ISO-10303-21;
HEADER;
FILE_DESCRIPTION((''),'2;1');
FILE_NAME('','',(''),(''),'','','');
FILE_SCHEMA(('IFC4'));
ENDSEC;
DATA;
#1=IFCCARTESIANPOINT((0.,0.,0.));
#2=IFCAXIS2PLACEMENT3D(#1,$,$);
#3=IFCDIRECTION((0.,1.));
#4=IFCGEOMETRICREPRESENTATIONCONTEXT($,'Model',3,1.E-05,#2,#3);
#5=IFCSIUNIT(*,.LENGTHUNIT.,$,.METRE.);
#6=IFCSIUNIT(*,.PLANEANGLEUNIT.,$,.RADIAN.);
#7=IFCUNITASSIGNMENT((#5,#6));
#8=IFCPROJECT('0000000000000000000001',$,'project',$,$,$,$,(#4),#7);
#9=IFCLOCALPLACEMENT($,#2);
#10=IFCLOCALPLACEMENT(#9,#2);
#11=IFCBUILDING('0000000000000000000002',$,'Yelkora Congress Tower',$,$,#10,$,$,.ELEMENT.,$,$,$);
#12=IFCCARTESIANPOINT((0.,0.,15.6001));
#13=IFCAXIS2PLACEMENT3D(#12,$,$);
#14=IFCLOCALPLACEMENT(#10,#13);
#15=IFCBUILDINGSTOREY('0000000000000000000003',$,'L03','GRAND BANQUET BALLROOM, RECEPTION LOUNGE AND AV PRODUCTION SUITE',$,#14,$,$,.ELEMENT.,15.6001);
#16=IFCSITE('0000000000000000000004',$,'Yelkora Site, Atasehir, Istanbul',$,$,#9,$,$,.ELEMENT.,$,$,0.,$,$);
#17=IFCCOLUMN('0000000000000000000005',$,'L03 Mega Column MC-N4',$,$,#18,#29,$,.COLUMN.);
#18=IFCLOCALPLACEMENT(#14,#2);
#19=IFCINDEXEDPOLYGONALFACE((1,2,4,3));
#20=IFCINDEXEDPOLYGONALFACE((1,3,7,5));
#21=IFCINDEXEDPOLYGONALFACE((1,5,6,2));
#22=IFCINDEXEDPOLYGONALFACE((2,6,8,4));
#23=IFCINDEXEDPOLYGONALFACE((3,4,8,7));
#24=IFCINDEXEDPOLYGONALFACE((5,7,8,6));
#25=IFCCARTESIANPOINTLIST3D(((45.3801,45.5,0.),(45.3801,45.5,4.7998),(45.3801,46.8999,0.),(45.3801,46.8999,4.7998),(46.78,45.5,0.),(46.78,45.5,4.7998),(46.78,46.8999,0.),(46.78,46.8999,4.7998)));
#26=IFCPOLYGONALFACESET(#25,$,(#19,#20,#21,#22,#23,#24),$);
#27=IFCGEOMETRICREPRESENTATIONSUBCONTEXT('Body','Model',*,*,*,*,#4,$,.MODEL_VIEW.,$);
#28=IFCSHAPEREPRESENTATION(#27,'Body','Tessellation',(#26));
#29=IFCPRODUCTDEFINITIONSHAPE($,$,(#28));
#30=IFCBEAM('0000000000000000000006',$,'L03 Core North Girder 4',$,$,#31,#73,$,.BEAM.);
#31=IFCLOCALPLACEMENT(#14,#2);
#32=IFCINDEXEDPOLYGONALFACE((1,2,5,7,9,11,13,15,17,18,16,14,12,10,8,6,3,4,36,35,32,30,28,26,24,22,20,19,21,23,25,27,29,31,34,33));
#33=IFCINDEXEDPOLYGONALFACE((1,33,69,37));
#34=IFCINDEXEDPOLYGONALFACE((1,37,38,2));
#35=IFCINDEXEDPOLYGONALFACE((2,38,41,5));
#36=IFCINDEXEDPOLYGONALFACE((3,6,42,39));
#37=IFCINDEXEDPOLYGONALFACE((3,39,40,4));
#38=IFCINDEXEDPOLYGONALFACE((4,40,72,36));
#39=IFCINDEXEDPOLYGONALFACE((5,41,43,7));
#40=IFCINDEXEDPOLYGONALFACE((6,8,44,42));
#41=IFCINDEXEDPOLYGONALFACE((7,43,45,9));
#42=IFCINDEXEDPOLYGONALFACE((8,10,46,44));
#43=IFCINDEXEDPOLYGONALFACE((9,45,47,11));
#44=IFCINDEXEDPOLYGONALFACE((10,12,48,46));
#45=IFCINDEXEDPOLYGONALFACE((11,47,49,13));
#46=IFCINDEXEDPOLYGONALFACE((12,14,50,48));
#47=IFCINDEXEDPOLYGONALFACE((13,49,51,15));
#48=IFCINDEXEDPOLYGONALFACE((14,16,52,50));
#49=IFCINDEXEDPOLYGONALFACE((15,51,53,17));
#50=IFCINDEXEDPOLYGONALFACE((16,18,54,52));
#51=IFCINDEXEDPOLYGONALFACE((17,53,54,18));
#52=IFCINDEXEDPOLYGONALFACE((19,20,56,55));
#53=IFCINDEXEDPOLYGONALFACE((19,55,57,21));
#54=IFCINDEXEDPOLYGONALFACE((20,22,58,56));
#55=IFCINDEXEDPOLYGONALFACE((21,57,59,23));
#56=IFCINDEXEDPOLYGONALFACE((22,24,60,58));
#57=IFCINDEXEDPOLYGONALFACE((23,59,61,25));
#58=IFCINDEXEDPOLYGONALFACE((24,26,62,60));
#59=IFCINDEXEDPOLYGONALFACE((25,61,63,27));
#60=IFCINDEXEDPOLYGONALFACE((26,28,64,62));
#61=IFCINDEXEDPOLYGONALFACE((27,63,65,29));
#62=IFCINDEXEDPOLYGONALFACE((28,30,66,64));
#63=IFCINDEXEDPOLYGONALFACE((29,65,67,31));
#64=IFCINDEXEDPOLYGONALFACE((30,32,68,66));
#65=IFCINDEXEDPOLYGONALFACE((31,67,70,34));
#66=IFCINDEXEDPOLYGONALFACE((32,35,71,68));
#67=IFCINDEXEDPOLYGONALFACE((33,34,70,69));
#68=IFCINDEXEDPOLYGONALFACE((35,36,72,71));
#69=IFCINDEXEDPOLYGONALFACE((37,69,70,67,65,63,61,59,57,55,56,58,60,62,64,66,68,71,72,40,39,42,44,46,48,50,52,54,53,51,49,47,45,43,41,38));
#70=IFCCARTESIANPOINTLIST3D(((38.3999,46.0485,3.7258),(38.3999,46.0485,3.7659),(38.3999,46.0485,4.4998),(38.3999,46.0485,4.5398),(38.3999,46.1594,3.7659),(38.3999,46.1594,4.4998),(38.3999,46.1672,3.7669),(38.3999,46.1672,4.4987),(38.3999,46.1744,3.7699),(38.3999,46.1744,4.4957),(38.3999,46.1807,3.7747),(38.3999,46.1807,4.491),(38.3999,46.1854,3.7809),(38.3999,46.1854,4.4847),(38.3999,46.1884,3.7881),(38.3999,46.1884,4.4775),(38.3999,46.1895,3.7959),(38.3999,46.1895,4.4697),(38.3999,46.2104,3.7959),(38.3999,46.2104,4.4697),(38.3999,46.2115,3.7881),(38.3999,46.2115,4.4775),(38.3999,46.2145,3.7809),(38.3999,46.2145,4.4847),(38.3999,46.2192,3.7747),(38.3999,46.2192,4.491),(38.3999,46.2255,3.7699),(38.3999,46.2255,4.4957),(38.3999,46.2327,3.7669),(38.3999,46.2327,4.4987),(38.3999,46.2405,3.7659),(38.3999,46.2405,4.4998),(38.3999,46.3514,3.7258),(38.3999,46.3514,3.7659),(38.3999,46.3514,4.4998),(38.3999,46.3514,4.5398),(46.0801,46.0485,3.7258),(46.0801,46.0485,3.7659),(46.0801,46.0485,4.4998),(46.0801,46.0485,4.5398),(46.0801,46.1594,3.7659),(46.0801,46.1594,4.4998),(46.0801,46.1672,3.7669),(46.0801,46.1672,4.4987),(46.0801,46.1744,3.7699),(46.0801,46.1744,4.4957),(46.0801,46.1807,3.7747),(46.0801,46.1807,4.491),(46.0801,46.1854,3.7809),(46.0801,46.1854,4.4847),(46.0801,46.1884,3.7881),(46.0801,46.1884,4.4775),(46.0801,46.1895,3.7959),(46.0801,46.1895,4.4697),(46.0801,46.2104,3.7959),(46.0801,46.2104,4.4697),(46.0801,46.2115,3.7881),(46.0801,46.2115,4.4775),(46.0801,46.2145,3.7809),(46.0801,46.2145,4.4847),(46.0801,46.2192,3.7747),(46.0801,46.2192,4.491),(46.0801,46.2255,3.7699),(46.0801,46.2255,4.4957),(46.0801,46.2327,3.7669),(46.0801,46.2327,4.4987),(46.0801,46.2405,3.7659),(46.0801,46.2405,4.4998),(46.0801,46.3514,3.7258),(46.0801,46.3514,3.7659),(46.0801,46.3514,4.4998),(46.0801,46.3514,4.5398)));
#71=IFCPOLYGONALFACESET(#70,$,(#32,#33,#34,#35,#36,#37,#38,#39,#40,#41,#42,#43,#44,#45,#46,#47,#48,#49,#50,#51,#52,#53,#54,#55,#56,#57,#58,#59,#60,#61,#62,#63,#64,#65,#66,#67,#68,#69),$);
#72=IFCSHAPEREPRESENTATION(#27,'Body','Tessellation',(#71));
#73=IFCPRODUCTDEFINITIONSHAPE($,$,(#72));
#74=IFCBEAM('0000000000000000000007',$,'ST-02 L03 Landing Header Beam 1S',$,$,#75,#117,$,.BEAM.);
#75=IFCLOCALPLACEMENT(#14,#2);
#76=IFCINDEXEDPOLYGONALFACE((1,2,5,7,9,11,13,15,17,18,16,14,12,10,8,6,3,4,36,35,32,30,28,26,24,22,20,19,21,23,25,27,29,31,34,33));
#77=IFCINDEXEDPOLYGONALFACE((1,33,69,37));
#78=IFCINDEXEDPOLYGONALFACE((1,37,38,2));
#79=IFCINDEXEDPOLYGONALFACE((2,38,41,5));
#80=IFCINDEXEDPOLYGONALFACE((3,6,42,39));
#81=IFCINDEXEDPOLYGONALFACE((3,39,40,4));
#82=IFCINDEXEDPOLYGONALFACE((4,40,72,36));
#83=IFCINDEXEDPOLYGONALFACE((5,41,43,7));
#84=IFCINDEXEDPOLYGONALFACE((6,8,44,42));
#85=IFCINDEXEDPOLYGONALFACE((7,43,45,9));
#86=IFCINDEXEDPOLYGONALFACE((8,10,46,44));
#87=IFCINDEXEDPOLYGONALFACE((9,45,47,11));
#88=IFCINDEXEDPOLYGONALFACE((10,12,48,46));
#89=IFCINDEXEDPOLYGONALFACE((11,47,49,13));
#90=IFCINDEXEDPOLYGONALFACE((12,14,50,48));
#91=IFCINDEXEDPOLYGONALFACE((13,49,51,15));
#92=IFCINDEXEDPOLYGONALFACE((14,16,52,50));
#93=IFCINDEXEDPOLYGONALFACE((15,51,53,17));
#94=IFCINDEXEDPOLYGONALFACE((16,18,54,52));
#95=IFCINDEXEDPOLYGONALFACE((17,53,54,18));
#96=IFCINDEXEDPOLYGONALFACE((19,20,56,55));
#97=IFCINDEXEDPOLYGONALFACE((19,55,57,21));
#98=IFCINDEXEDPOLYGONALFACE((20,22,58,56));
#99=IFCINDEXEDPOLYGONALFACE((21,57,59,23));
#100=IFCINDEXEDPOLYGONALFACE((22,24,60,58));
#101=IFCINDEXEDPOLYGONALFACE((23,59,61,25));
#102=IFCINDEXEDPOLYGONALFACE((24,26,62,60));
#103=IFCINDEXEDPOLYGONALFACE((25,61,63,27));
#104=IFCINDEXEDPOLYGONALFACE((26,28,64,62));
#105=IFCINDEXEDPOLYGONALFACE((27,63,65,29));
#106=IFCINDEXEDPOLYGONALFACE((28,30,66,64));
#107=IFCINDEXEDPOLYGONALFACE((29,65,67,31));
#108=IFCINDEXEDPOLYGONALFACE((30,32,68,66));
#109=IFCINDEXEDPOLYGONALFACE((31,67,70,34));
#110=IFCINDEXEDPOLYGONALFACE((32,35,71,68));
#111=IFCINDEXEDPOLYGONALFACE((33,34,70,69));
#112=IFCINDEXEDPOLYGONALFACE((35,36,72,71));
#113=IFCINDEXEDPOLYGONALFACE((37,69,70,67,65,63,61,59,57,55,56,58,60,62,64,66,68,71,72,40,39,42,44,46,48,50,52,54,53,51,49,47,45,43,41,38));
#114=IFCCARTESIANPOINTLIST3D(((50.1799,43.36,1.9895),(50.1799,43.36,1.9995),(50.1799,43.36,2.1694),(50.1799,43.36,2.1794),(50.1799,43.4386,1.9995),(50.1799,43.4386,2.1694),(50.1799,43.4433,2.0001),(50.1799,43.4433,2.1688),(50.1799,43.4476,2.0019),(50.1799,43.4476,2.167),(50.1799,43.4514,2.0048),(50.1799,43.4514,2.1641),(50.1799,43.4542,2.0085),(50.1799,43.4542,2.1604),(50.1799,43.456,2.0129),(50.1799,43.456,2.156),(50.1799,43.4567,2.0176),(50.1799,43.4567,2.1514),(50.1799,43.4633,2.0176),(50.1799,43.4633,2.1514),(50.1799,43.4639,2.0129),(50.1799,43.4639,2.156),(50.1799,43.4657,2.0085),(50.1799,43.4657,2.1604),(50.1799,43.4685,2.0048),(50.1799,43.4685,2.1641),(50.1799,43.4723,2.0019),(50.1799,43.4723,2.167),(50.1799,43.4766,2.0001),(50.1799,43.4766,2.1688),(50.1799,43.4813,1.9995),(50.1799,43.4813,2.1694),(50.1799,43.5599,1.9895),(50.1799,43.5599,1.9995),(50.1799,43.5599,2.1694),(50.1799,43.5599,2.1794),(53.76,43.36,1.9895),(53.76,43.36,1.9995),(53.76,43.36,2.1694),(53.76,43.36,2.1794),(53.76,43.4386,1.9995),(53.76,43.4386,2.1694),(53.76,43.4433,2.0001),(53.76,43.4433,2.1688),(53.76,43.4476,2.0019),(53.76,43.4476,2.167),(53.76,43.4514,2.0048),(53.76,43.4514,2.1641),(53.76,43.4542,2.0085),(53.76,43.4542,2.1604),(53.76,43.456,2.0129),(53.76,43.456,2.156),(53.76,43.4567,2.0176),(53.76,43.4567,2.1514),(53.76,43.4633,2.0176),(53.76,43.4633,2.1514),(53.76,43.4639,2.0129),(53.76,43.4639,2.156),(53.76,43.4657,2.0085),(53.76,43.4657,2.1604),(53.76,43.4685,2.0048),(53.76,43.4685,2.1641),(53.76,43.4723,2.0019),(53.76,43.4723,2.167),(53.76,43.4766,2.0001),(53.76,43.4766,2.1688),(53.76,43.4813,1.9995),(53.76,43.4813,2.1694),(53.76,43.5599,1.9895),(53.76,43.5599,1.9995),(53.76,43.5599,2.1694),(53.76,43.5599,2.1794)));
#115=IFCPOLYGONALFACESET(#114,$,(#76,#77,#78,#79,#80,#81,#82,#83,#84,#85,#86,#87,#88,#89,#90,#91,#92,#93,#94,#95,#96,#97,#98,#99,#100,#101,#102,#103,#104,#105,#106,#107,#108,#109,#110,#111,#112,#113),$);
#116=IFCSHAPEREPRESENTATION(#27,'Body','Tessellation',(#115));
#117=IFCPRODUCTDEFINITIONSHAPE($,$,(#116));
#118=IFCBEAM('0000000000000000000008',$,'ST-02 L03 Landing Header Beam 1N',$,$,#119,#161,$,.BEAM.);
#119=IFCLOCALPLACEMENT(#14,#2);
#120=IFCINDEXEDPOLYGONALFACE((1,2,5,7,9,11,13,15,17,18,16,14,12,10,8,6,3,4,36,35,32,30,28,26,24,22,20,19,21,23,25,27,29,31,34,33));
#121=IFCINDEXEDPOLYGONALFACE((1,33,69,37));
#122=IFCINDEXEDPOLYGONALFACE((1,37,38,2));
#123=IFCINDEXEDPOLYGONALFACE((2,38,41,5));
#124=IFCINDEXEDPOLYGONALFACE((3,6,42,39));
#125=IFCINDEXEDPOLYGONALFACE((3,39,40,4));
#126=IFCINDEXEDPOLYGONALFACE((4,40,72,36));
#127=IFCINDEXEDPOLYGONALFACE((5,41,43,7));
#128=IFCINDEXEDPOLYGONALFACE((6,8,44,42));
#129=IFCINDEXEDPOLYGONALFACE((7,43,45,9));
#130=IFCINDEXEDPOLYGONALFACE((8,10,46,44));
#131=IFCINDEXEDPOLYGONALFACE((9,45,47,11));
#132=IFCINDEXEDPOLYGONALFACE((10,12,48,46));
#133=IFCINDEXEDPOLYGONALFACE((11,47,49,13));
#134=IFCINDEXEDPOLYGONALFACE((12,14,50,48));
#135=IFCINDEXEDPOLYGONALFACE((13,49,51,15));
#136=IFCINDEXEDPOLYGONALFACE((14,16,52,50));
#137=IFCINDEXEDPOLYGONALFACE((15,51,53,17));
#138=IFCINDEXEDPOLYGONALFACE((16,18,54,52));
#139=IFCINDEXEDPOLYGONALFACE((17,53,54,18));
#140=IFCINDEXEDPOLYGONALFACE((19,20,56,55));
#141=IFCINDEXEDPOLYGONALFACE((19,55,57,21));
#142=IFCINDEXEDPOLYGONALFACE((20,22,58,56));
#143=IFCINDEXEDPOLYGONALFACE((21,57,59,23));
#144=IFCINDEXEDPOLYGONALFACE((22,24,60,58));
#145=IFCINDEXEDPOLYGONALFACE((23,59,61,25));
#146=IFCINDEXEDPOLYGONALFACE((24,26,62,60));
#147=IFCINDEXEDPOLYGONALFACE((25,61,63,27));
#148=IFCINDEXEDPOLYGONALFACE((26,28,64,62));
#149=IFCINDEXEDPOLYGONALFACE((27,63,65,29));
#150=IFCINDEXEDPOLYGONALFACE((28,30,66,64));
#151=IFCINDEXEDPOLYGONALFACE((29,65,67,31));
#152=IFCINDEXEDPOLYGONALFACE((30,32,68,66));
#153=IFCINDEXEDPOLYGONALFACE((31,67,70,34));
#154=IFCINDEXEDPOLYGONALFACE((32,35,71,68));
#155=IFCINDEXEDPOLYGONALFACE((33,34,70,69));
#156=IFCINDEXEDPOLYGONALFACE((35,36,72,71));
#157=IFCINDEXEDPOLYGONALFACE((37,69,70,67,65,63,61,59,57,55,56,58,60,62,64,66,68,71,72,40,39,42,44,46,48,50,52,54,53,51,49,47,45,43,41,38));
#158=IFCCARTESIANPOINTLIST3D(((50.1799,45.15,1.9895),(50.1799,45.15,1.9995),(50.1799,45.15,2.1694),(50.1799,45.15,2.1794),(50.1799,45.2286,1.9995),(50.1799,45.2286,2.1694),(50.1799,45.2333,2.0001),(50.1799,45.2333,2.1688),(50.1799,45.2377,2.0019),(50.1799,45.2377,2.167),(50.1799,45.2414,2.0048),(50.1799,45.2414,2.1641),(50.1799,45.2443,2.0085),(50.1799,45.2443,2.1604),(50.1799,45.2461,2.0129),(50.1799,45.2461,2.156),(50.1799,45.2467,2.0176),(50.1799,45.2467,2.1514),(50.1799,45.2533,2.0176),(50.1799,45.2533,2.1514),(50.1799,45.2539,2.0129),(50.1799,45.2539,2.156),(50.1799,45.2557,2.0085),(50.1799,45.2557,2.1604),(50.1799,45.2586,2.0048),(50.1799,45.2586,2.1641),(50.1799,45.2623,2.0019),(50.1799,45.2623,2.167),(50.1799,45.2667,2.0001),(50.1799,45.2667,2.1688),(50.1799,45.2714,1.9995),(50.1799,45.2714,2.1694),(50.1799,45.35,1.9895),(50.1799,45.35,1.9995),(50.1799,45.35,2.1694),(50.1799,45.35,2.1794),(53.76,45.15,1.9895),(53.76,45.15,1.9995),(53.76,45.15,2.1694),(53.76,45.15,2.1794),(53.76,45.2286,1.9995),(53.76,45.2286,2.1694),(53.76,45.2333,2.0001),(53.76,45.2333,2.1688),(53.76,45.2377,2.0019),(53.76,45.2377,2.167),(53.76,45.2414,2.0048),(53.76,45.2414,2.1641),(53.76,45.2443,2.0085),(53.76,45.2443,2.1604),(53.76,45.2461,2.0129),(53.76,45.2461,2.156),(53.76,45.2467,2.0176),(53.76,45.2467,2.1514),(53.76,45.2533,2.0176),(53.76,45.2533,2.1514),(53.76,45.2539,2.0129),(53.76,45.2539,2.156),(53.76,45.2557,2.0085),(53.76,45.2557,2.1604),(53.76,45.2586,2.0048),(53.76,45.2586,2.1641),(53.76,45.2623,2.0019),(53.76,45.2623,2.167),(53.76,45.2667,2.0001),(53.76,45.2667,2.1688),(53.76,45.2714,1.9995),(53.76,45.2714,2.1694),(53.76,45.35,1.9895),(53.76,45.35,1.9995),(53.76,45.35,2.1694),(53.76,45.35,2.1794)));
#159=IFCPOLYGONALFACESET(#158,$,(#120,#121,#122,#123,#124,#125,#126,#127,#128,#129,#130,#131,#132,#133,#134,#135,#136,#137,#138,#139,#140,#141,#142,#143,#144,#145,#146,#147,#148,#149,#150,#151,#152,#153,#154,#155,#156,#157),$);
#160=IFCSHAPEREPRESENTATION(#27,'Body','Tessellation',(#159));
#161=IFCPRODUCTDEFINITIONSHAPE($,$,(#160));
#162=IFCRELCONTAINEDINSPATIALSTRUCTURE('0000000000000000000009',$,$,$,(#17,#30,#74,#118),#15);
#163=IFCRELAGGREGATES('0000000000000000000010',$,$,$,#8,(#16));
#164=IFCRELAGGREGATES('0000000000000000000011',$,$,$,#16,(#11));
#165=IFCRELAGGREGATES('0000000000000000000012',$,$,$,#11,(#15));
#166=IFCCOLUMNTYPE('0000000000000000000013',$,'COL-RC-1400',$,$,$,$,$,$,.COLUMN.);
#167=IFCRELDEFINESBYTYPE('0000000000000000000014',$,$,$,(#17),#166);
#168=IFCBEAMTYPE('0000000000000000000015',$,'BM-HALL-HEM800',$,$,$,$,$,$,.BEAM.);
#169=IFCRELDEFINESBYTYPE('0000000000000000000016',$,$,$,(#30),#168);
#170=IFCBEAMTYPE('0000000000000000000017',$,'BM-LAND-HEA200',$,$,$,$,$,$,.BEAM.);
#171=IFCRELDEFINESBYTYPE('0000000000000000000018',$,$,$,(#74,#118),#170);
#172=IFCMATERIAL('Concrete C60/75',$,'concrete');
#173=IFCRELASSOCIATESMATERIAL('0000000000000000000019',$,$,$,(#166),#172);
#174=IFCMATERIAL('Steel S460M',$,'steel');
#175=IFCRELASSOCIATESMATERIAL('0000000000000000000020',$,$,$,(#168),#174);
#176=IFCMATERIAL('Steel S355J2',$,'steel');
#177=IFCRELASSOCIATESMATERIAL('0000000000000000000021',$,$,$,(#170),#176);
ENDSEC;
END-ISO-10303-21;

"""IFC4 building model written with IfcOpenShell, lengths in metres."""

from ifc_helpers import new_model, si_unit, direction, frame, origin, origin_2d, place, context, subcontext, project, spatial, rectangle, i_section, extrude, material, material_profile, profile_set, type_object, element, save


model = new_model("IFC4")

# Units and contexts
model_context = context("Model", 3, precision=1e-05, world=origin(), true_north=direction((0.0, 1.0)))
body_context = subcontext(model_context, "Body", "Model", "MODEL_VIEW")
ifc_project = project(units=[si_unit("LENGTHUNIT", "METRE"), si_unit("PLANEANGLEUNIT", "RADIAN")], contexts=[model_context])

# Site, building, storey
site_placement = place(None, origin())
site = spatial("IfcSite", under=ifc_project, at=site_placement, Name="Yelkora Site, Atasehir, Istanbul", CompositionType="ELEMENT", RefElevation=0.0)
building_placement = place(site_placement, origin())
building = spatial("IfcBuilding", under=site, at=building_placement, Name="Yelkora Congress Tower", CompositionType="ELEMENT")
storey_placement = place(building_placement, frame((0.0, 0.0, 15.6001)))
storey = spatial("IfcBuildingStorey", under=building, at=storey_placement, Name="L03", Description="GRAND BANQUET BALLROOM, RECEPTION LOUNGE AND AV PRODUCTION SUITE", CompositionType="ELEMENT", Elevation=15.6001)

# Column
ifc_material_1 = material(Name="Concrete C60/75", Category="concrete")
ifc_material_profile_1 = material_profile(ifc_material_1, rectangle(XDim=1.3999, YDim=1.3999, at=origin_2d()), Name="RC 1400x1400")
ifc_profile_set_1 = profile_set([ifc_material_profile_1], Name="Concrete C60/75")
column_type = type_object("IfcColumnType", Name="COL-RC-1400", PredefinedType="COLUMN", material=ifc_profile_set_1)
column_placement = place(storey_placement, frame((46.0801, 46.2, 0.0), z_axis=(0.0, 0.0, 1.0), x_axis=(1.0, 0.0, 0.0)))
element("IfcColumn", 1, at=column_placement, inside=storey, type_object=column_type, Name="L03 Mega Column MC-N4", PredefinedType="COLUMN", context=body_context, shape_type="SweptSolid", body=[
    extrude(rectangle(XDim=1.3999, YDim=1.3999, at=origin_2d()), origin(), (0.0, 0.0, 1.0), 4.7998),
])

# Beams
ifc_material_2 = material(Name="Steel S460M", Category="steel")
ifc_material_profile_2 = material_profile(ifc_material_2, i_section(OverallWidth=0.303, OverallDepth=0.814, WebThickness=0.021, FlangeThickness=0.04, FilletRadius=0.03, at=origin_2d()), Name="HEM 800")
ifc_profile_set_2 = profile_set([ifc_material_profile_2], Name="Steel S460M")
beam_type_1 = type_object("IfcBeamType", Name="BM-HALL-HEM800", PredefinedType="BEAM", material=ifc_profile_set_2)
beam_1_placement = place(storey_placement, frame((38.3999, 46.2, 4.1328), z_axis=(1.0, 0.0, 0.0), x_axis=(0.0, 1.0, 0.0)))
element("IfcBeam", 2, at=beam_1_placement, inside=storey, type_object=beam_type_1, Name="L03 Core North Girder 4", PredefinedType="BEAM", context=body_context, shape_type="SweptSolid", body=[
    extrude(i_section(OverallWidth=0.303, OverallDepth=0.814, WebThickness=0.021, FlangeThickness=0.04, FilletRadius=0.03, at=origin_2d()), origin(), (0.0, 0.0, 1.0), 7.6802),
])
ifc_material_3 = material(Name="Steel S355J2", Category="steel")
ifc_material_profile_3 = material_profile(ifc_material_3, i_section(OverallWidth=0.2, OverallDepth=0.1899, WebThickness=0.0066, FlangeThickness=0.01, FilletRadius=0.0181, at=origin_2d()), Name="HEA 200")
ifc_profile_set_3 = profile_set([ifc_material_profile_3], Name="Steel S355J2")
beam_type_2 = type_object("IfcBeamType", Name="BM-LAND-HEA200", PredefinedType="BEAM", material=ifc_profile_set_3)
for number, where, z_axis, x_axis, name in (
    (3, (50.1799, 43.46, 2.0845), (1.0, 0.0, 0.0), (0.0, 1.0, 0.0), "ST-02 L03 Landing Header Beam 1S"),
    (4, (50.1799, 45.25, 2.0845), (1.0, 0.0, 0.0), (0.0, 1.0, 0.0), "ST-02 L03 Landing Header Beam 1N"),
):
    element("IfcBeam", number, at=place(storey_placement, frame(where, z_axis=z_axis, x_axis=x_axis)), inside=storey, type_object=beam_type_2, Name=name, PredefinedType="BEAM", context=body_context, shape_type="SweptSolid", body=[
        extrude(i_section(OverallWidth=0.2, OverallDepth=0.1899, WebThickness=0.0066, FlangeThickness=0.01, FilletRadius=0.0181, at=origin_2d()), origin(), (0.0, 0.0, 1.0), 3.5801),
    ])

save(model, "model.ifc")
